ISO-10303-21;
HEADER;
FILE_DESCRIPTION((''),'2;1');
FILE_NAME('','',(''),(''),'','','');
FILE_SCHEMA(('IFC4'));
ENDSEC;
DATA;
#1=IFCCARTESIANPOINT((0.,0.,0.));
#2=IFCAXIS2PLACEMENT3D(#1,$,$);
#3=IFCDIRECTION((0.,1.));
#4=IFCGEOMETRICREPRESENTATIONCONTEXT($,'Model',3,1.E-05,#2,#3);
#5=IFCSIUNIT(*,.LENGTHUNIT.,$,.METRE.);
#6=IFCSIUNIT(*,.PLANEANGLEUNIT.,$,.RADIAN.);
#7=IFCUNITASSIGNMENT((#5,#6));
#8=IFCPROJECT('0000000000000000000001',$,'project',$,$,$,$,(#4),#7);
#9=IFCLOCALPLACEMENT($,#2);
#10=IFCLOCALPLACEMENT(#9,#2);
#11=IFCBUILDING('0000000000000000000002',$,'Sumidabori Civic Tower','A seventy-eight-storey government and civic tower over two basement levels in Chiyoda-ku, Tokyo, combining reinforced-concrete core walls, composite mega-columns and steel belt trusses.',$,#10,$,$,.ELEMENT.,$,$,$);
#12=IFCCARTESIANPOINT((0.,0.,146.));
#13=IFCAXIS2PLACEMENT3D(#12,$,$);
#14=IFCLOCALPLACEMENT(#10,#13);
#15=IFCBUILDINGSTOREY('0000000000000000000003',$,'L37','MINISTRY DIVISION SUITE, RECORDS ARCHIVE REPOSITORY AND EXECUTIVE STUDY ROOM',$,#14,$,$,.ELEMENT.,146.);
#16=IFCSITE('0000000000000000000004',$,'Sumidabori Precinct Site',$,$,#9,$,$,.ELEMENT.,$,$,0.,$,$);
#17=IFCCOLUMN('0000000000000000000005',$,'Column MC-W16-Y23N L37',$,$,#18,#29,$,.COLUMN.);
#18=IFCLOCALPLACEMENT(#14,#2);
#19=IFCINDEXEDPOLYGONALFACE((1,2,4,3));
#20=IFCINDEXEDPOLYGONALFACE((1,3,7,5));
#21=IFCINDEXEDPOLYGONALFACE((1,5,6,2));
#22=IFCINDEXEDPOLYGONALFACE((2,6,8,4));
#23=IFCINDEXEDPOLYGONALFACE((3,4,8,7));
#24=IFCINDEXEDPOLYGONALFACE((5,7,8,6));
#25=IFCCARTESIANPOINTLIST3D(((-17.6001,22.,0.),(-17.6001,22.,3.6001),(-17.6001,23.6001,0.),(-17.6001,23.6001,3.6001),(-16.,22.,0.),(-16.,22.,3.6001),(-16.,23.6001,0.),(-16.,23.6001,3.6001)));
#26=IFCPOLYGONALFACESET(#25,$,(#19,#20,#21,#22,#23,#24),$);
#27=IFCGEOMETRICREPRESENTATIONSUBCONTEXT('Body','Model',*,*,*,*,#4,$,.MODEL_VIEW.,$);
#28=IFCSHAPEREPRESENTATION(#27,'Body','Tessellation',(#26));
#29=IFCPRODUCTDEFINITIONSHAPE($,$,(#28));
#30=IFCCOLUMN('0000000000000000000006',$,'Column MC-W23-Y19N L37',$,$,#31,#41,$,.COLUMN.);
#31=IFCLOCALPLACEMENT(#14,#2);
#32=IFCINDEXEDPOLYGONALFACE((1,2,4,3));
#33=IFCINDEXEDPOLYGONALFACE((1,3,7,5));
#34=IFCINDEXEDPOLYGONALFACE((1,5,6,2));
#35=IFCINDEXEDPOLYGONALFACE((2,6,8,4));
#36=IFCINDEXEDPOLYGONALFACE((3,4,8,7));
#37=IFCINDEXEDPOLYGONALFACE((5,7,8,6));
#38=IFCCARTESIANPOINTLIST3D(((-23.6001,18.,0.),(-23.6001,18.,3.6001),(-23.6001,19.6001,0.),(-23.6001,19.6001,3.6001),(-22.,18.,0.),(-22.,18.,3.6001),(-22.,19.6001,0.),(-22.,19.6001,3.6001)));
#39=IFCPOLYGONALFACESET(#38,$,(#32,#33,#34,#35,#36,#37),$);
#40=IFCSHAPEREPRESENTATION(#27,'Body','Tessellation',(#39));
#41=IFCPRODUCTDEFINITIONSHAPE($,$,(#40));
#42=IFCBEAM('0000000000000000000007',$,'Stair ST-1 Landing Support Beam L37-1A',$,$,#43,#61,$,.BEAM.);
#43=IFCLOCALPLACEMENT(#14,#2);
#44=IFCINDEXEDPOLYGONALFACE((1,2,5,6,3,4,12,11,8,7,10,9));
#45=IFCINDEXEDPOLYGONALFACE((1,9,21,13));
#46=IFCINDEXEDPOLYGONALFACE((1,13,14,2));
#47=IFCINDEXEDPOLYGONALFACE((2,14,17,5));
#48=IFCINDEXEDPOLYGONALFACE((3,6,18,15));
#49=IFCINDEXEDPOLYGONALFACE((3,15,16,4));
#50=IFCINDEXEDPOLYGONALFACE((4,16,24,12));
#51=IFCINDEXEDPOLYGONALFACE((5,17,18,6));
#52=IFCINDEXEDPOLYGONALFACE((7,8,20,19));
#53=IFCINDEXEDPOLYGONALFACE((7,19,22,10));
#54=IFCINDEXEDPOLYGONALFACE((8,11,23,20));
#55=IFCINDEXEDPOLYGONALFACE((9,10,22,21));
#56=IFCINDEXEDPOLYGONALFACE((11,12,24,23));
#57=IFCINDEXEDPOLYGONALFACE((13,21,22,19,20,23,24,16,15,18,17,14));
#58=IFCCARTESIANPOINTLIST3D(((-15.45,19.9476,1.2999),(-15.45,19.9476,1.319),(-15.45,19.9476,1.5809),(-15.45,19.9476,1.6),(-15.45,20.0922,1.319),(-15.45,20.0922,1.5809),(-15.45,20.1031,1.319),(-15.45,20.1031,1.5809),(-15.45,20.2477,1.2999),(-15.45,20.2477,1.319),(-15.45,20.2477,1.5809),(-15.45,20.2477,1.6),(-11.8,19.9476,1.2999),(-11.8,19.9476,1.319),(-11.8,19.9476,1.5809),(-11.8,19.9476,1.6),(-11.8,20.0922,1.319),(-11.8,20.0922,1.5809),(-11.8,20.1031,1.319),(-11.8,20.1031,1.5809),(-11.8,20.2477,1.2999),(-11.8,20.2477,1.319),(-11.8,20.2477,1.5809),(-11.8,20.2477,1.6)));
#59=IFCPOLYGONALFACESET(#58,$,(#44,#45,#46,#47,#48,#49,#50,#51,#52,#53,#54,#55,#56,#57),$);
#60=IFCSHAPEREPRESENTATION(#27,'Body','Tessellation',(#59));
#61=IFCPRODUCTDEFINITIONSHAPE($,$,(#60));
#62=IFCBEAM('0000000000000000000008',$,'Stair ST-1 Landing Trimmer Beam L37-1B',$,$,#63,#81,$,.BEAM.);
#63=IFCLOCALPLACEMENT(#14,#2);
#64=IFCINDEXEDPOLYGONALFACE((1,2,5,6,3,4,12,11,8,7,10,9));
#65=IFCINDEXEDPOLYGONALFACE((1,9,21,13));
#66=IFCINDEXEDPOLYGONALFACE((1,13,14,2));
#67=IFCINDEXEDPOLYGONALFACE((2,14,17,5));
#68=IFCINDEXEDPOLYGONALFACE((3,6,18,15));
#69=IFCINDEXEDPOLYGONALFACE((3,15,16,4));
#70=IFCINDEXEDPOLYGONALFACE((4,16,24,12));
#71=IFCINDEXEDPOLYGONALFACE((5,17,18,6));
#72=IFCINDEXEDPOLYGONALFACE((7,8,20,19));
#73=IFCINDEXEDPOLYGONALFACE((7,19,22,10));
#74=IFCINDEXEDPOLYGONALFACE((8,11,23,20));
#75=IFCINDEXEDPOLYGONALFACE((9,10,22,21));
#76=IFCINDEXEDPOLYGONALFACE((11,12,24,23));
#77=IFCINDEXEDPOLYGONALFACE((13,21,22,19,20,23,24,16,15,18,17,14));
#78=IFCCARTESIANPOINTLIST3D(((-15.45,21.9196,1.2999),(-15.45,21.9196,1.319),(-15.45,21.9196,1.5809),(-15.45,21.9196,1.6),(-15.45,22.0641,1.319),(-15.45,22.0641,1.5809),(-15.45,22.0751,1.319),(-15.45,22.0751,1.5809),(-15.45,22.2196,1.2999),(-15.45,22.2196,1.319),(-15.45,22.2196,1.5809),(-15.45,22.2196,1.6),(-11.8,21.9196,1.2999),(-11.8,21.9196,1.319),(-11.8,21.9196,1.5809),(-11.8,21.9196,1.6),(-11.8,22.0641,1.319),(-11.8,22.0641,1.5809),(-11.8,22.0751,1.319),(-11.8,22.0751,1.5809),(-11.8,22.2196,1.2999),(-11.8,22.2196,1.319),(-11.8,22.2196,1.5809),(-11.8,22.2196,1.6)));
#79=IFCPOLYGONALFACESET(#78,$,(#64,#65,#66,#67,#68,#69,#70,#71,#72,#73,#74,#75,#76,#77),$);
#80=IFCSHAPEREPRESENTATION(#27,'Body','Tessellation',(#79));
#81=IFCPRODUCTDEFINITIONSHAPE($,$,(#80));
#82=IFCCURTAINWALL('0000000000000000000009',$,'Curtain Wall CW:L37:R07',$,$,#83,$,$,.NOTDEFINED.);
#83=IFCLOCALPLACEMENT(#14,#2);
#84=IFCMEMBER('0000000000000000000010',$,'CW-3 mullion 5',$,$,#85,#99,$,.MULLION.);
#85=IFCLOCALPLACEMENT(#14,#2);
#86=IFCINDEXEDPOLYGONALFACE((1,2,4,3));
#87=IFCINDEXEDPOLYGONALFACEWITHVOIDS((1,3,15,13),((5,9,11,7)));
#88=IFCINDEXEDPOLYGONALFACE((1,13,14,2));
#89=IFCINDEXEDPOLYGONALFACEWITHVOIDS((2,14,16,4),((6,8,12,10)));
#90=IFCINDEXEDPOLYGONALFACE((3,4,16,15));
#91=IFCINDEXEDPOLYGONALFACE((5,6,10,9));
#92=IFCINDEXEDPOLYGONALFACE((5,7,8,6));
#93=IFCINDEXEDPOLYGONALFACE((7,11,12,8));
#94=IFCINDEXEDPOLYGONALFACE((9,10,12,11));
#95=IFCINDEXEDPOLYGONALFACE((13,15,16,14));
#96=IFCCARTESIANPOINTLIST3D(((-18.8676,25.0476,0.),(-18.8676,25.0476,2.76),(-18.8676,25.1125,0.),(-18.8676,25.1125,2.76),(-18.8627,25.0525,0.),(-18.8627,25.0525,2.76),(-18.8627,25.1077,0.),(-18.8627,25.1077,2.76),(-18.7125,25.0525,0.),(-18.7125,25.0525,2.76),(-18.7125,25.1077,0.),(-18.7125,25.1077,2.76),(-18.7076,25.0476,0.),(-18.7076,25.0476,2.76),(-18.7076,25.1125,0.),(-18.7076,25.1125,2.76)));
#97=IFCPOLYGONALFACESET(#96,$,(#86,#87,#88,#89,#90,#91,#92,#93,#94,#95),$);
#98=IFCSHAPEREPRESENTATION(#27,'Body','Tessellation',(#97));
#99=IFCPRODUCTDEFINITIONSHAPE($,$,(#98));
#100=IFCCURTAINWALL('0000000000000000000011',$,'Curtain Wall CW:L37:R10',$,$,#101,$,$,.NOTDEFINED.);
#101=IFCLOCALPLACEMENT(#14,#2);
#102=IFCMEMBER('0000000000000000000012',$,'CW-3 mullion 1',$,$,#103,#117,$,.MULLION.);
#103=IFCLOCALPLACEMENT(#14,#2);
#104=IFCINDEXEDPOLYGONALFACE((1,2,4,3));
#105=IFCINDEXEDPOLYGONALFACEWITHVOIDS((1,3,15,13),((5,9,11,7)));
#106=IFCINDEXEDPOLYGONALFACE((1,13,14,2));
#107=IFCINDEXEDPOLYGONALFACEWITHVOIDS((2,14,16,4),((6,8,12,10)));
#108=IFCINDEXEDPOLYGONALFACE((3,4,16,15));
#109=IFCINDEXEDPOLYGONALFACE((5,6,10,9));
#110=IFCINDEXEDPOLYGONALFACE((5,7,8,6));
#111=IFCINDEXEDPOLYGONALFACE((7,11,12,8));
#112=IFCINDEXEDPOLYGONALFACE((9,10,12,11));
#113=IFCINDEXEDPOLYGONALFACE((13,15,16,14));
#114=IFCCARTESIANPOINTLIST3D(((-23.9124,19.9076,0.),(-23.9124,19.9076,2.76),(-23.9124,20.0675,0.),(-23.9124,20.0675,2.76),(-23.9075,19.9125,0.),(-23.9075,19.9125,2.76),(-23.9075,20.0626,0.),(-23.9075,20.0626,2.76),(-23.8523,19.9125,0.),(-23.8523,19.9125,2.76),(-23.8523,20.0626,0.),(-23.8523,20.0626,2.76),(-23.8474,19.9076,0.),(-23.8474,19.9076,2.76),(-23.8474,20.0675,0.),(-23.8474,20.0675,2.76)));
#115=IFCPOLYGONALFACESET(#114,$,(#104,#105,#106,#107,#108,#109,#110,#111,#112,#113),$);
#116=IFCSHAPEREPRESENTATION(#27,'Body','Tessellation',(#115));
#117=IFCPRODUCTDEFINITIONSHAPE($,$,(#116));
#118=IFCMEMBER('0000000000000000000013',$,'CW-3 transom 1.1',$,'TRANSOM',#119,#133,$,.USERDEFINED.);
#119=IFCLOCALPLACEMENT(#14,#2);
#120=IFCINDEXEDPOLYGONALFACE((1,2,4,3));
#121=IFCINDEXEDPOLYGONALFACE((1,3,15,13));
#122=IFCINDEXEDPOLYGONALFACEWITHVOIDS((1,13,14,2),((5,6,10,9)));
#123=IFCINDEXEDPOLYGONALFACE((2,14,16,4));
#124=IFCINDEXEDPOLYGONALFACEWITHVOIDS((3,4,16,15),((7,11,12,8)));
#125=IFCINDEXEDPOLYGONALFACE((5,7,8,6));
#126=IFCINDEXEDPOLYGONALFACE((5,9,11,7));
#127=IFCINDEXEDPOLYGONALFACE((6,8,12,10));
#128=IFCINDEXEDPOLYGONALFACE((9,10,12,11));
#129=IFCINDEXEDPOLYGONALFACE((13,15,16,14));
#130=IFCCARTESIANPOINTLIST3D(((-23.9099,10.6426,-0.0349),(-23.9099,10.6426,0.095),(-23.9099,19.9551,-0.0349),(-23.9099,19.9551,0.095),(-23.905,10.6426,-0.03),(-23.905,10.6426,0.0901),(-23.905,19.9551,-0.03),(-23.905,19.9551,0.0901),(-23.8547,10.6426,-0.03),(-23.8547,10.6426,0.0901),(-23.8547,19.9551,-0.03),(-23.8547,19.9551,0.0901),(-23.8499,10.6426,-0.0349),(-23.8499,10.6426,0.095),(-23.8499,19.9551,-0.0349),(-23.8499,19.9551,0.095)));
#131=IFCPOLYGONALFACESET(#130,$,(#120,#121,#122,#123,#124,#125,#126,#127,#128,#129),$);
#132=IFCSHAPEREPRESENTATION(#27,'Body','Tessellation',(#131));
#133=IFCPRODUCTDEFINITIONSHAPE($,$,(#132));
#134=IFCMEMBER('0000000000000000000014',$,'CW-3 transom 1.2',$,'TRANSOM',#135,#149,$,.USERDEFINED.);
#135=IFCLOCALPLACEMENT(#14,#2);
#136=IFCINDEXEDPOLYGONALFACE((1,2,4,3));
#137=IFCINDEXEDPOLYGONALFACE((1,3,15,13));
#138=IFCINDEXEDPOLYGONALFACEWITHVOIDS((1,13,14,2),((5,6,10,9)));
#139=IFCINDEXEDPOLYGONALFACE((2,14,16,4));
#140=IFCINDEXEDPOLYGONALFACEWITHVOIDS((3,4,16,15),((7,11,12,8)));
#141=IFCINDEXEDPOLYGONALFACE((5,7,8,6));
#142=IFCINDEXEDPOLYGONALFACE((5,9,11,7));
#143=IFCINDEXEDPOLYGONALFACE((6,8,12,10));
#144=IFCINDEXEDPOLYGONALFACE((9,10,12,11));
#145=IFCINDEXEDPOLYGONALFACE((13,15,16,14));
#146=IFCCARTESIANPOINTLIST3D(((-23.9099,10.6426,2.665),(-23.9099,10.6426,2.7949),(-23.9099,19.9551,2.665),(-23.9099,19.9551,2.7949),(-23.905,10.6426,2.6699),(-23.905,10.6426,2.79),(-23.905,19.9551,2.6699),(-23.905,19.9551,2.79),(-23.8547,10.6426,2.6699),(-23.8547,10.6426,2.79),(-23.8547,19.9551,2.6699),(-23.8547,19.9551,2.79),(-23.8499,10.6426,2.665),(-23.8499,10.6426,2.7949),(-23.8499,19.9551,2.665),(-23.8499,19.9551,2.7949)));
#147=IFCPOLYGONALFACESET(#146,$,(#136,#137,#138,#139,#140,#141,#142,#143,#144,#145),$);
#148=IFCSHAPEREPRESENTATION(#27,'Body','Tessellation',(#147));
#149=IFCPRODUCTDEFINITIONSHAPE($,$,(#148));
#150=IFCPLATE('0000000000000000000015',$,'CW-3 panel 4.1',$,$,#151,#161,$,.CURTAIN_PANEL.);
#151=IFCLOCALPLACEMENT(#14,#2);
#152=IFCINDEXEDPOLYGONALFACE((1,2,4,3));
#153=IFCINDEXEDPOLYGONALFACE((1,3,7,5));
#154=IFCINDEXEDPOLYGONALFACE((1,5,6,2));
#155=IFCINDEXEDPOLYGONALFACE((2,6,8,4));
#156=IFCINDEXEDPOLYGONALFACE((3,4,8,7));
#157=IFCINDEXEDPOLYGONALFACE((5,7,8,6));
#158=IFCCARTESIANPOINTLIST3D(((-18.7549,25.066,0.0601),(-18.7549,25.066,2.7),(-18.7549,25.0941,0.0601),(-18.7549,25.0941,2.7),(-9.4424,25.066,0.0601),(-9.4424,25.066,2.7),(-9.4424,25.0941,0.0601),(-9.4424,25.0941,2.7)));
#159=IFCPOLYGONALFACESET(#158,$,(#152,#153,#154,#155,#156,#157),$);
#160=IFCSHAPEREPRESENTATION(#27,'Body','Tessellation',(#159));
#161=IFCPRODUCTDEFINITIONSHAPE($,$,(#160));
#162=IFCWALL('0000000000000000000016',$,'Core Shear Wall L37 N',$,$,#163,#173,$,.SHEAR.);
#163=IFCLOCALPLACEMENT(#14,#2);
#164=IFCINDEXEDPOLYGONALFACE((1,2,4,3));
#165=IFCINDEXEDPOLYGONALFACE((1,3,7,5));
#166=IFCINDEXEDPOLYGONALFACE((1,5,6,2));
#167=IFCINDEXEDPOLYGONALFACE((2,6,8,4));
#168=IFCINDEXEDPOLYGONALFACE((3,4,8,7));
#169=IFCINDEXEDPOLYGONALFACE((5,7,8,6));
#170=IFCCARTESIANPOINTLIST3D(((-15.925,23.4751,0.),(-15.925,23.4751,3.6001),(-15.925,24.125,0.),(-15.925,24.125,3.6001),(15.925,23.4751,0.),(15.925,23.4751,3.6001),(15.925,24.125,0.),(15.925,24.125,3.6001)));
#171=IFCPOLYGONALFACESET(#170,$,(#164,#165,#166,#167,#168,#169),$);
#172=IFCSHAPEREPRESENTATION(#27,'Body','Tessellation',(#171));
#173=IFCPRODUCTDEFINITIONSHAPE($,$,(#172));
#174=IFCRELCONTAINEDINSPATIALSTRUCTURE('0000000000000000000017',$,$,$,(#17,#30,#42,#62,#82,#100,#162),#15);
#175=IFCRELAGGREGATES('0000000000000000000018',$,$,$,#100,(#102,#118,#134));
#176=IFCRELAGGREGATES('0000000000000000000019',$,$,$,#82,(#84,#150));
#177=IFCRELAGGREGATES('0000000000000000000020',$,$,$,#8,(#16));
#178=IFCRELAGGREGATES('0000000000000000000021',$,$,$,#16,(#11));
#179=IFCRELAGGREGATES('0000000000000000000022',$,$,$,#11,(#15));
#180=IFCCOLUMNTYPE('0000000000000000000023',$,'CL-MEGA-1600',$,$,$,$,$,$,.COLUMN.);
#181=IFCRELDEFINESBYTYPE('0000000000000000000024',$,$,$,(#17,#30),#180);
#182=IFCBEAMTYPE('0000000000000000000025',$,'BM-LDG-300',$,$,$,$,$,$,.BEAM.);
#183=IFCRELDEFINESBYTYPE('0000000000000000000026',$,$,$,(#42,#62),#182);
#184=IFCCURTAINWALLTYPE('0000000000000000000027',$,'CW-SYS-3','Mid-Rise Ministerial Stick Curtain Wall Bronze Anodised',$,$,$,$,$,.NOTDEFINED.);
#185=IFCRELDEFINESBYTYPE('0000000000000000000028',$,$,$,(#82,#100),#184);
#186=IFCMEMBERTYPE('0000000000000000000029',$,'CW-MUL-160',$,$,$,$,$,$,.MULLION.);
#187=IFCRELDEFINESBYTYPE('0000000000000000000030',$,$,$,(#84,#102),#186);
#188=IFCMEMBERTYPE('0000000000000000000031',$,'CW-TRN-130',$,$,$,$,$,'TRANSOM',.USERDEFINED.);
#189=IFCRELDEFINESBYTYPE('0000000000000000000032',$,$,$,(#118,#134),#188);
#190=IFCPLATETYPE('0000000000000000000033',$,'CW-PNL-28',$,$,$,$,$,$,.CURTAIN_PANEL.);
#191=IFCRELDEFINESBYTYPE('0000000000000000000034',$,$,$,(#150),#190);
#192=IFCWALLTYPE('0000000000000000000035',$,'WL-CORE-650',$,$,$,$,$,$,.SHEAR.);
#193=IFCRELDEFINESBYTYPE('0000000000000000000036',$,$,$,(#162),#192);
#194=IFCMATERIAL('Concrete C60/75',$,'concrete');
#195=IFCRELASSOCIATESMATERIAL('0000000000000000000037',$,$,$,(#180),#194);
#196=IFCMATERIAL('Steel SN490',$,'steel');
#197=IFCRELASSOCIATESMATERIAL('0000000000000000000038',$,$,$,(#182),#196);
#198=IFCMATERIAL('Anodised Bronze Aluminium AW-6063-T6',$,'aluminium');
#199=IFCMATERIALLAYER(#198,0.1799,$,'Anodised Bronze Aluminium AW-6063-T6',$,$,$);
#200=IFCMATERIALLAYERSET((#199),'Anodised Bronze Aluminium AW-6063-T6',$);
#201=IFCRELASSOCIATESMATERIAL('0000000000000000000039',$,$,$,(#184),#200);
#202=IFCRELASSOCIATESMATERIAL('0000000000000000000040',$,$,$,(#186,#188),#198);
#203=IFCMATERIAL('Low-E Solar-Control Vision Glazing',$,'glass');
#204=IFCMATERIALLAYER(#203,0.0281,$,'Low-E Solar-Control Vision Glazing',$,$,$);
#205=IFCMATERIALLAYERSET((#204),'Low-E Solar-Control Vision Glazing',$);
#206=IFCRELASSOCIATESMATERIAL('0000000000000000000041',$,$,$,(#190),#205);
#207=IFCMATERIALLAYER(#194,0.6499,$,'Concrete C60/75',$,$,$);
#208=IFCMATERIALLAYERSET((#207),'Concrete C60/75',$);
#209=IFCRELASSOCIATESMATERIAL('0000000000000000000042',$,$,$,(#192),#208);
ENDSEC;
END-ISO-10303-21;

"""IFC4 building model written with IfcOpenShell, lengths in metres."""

from ifc_helpers import new_model, si_unit, direction, frame, frame_2d, origin, origin_2d, place, context, subcontext, project, spatial, rectangle, hollow_rectangle, i_section, extrude, source, transform, mapped, material, layer, layer_set, material_profile, profile_set, type_object, element, aggregate, save


model = new_model("IFC4")

# Units and contexts
model_context = context("Model", 3, precision=1e-05, world=origin(), true_north=direction((0.0, 1.0)))
body_context = subcontext(model_context, "Body", "Model", "MODEL_VIEW")
ifc_project = project(units=[si_unit("LENGTHUNIT", "METRE"), si_unit("PLANEANGLEUNIT", "RADIAN")], contexts=[model_context])

# Site, building, storey
site_placement = place(None, origin())
site = spatial("IfcSite", under=ifc_project, at=site_placement, Name="Sumidabori Precinct Site", CompositionType="ELEMENT", RefElevation=0.0)
building_placement = place(site_placement, origin())
building = spatial("IfcBuilding", under=site, at=building_placement, Name="Sumidabori Civic Tower", Description="A seventy-eight-storey government and civic tower over two basement levels in Chiyoda-ku, Tokyo, combining reinforced-concrete core walls, composite mega-columns and steel belt trusses.", CompositionType="ELEMENT")
storey_placement = place(building_placement, frame((0.0, 0.0, 146.0)))
storey = spatial("IfcBuildingStorey", under=building, at=storey_placement, Name="L37", Description="MINISTRY DIVISION SUITE, RECORDS ARCHIVE REPOSITORY AND EXECUTIVE STUDY ROOM", CompositionType="ELEMENT", Elevation=146.0)

# Columns
ifc_material_1 = material(Name="Concrete C60/75", Category="concrete")
ifc_material_profile_1 = material_profile(ifc_material_1, rectangle(XDim=1.6001, YDim=1.6001, at=origin_2d()), Name="RC 1600x1600")
ifc_profile_set_1 = profile_set([ifc_material_profile_1], Name="Concrete C60/75")
column_type = type_object("IfcColumnType", Name="CL-MEGA-1600", PredefinedType="COLUMN", material=ifc_profile_set_1)
shared_shape_1 = source(origin(), body_context, "Body", "SweptSolid", [
    extrude(rectangle(XDim=1.6001, YDim=1.6001, at=origin_2d()), origin(), (0.0, 0.0, 1.0), 3.6001),
])
for number, where, z_axis, x_axis, name in (
    (1, (-16.8, 22.8, 0.0), (0.0, 0.0, 1.0), (1.0, 0.0, 0.0), "Column MC-W16-Y23N L37"),
    (2, (-22.8, 18.8, 0.0), (0.0, 0.0, 1.0), (1.0, 0.0, 0.0), "Column MC-W23-Y19N L37"),
):
    element("IfcColumn", number, at=place(storey_placement, frame(where, z_axis=z_axis, x_axis=x_axis)), inside=storey, type_object=column_type, Name=name, PredefinedType="COLUMN", context=body_context, shape_type="MappedRepresentation", body=[
        mapped(shared_shape_1, transform((0.0, 0.0, 0.0), x_axis=(1.0, 0.0, 0.0), y_axis=(0.0, 1.0, 0.0), z_axis=(0.0, 0.0, 1.0), scale=1.0)),
    ])

# Beams
ifc_material_2 = material(Name="Steel SN490", Category="steel")
ifc_material_profile_2 = material_profile(ifc_material_2, i_section(OverallWidth=0.3, OverallDepth=0.3, WebThickness=0.011, FlangeThickness=0.019, at=origin_2d()), Name="HE 300 B")
ifc_profile_set_2 = profile_set([ifc_material_profile_2], Name="Steel SN490")
beam_type = type_object("IfcBeamType", Name="BM-LDG-300", PredefinedType="BEAM", material=ifc_profile_set_2)
shared_shape_2 = source(origin(), body_context, "Body", "SweptSolid", [
    extrude(i_section(OverallWidth=0.3, OverallDepth=0.3, WebThickness=0.011, FlangeThickness=0.019, at=origin_2d()), origin(), (0.0, 0.0, 1.0), 3.6499),
])
for number, where, z_axis, x_axis, name in (
    (3, (-15.45, 20.0977, 1.45), (1.0, 0.0, 0.0), (0.0, 1.0, 0.0), "Stair ST-1 Landing Support Beam L37-1A"),
    (4, (-15.45, 22.0696, 1.45), (1.0, 0.0, 0.0), (0.0, 1.0, 0.0), "Stair ST-1 Landing Trimmer Beam L37-1B"),
):
    element("IfcBeam", number, at=place(storey_placement, frame(where, z_axis=z_axis, x_axis=x_axis)), inside=storey, type_object=beam_type, Name=name, PredefinedType="BEAM", context=body_context, shape_type="MappedRepresentation", body=[
        mapped(shared_shape_2, transform((0.0, 0.0, 0.0), x_axis=(1.0, 0.0, 0.0), y_axis=(0.0, 1.0, 0.0), z_axis=(0.0, 0.0, 1.0), scale=1.0)),
    ])

# Curtain wall, member
ifc_material_3 = material(Name="Anodised Bronze Aluminium AW-6063-T6", Category="aluminium")
ifc_layer_1 = layer(ifc_material_3, 0.1799, Name="Anodised Bronze Aluminium AW-6063-T6")
ifc_layer_set_1 = layer_set([ifc_layer_1], Name="Anodised Bronze Aluminium AW-6063-T6")
curtain_wall_type = type_object("IfcCurtainWallType", Name="CW-SYS-3", Description="Mid-Rise Ministerial Stick Curtain Wall Bronze Anodised", PredefinedType="NOTDEFINED", material=ifc_layer_set_1)
curtain_wall_1_placement = place(storey_placement, origin())
curtain_wall_1 = element("IfcCurtainWall", 5, at=curtain_wall_1_placement, inside=storey, type_object=curtain_wall_type, Name="Curtain Wall CW:L37:R07", PredefinedType="NOTDEFINED")
ifc_material_profile_3 = material_profile(ifc_material_3, hollow_rectangle(XDim=0.0649, YDim=0.1599, WallThickness=0.0049, at=origin_2d()), Name="ALU MULLION 160x65")
ifc_profile_set_3 = profile_set([ifc_material_profile_3], Name="Anodised Bronze Aluminium AW-6063-T6")
member_type_1 = type_object("IfcMemberType", Name="CW-MUL-160", PredefinedType="MULLION", material=ifc_profile_set_3)
shared_shape_3 = source(origin(), body_context, "Body", "SweptSolid", [
    extrude(hollow_rectangle(XDim=0.0649, YDim=0.1599, WallThickness=0.0049, at=origin_2d()), origin(), (0.0, 0.0, 1.0), 2.76),
])
member_1_placement = place(storey_placement, frame((-18.7876, 25.0801, 0.0), z_axis=(0.0, 0.0, 1.0), x_axis=(0.0, -1.0, 0.0)))
member_1 = element("IfcMember", 6, at=member_1_placement, type_object=member_type_1, Name="CW-3 mullion 5", PredefinedType="MULLION", context=body_context, shape_type="MappedRepresentation", body=[
    mapped(shared_shape_3, transform((0.0, 0.0, 0.0), x_axis=(1.0, 0.0, 0.0), y_axis=(0.0, 1.0, 0.0), z_axis=(0.0, 0.0, 1.0), scale=1.0)),
])

# Curtain wall, members
curtain_wall_2_placement = place(storey_placement, origin())
curtain_wall_2 = element("IfcCurtainWall", 7, at=curtain_wall_2_placement, inside=storey, type_object=curtain_wall_type, Name="Curtain Wall CW:L37:R10", PredefinedType="NOTDEFINED")
member_2_placement = place(storey_placement, frame((-23.8799, 19.9875, 0.0), z_axis=(0.0, 0.0, 1.0), x_axis=(1.0, 0.0, 0.0)))
member_2 = element("IfcMember", 8, at=member_2_placement, type_object=member_type_1, Name="CW-3 mullion 1", PredefinedType="MULLION", context=body_context, shape_type="MappedRepresentation", body=[
    mapped(shared_shape_3, transform((0.0, 0.0, 0.0), x_axis=(1.0, 0.0, 0.0), y_axis=(0.0, 1.0, 0.0), z_axis=(0.0, 0.0, 1.0), scale=1.0)),
])
ifc_material_profile_4 = material_profile(ifc_material_3, hollow_rectangle(XDim=0.0601, YDim=0.1299, WallThickness=0.0049, at=origin_2d()), Name="ALU TRANSOM 130x60")
ifc_profile_set_4 = profile_set([ifc_material_profile_4], Name="Anodised Bronze Aluminium AW-6063-T6")
member_type_2 = type_object("IfcMemberType", Name="CW-TRN-130", ElementType="TRANSOM", PredefinedType="USERDEFINED", material=ifc_profile_set_4)
shared_shape_4 = source(origin(), body_context, "Body", "SweptSolid", [
    extrude(hollow_rectangle(XDim=0.0601, YDim=0.1299, WallThickness=0.0049, at=origin_2d()), origin(), (0.0, 0.0, 1.0), 9.3125),
])
member_3_placement = place(storey_placement, frame((-23.8799, 19.9551, 0.03), z_axis=(0.0, -1.0, 0.0), x_axis=(1.0, 0.0, 0.0)))
member_3 = element("IfcMember", 9, at=member_3_placement, type_object=member_type_2, Name="CW-3 transom 1.1", ObjectType="TRANSOM", PredefinedType="USERDEFINED", context=body_context, shape_type="MappedRepresentation", body=[
    mapped(shared_shape_4, transform((0.0, 0.0, 0.0), x_axis=(1.0, 0.0, 0.0), y_axis=(0.0, 1.0, 0.0), z_axis=(0.0, 0.0, 1.0), scale=1.0)),
])
member_4_placement = place(storey_placement, frame((-23.8799, 19.9551, 2.73), z_axis=(0.0, -1.0, 0.0), x_axis=(1.0, 0.0, 0.0)))
member_4 = element("IfcMember", 10, at=member_4_placement, type_object=member_type_2, Name="CW-3 transom 1.2", ObjectType="TRANSOM", PredefinedType="USERDEFINED", context=body_context, shape_type="MappedRepresentation", body=[
    mapped(shared_shape_4, transform((0.0, 0.0, 0.0), x_axis=(1.0, 0.0, 0.0), y_axis=(0.0, 1.0, 0.0), z_axis=(0.0, 0.0, 1.0), scale=1.0)),
])
aggregate(curtain_wall_2, [member_2, member_3, member_4])

# Plate
ifc_material_4 = material(Name="Low-E Solar-Control Vision Glazing", Category="glass")
ifc_layer_2 = layer(ifc_material_4, 0.0281, Name="Low-E Solar-Control Vision Glazing")
ifc_layer_set_2 = layer_set([ifc_layer_2], Name="Low-E Solar-Control Vision Glazing")
plate_type = type_object("IfcPlateType", Name="CW-PNL-28", PredefinedType="CURTAIN_PANEL", material=ifc_layer_set_2)
shared_shape_5 = source(origin(), body_context, "Body", "SweptSolid", [
    extrude(rectangle(XDim=9.3125, YDim=0.0281, at=origin_2d()), origin(), (0.0, 0.0, 1.0), 2.6399),
])
plate_placement = place(storey_placement, frame((-14.0986, 25.0801, 0.0601), z_axis=(0.0, 0.0, 1.0), x_axis=(-1.0, 0.0, 0.0)))
plate = element("IfcPlate", 11, at=plate_placement, type_object=plate_type, Name="CW-3 panel 4.1", PredefinedType="CURTAIN_PANEL", context=body_context, shape_type="MappedRepresentation", body=[
    mapped(shared_shape_5, transform((0.0, 0.0, 0.0), x_axis=(1.0, 0.0, 0.0), y_axis=(0.0, 1.0, 0.0), z_axis=(0.0, 0.0, 1.0), scale=1.0)),
])
aggregate(curtain_wall_1, [member_1, plate])

# Wall
ifc_layer_3 = layer(ifc_material_1, 0.6499, Name="Concrete C60/75")
ifc_layer_set_3 = layer_set([ifc_layer_3], Name="Concrete C60/75")
wall_type_1 = type_object("IfcWallType", Name="WL-CORE-650", PredefinedType="SHEAR", material=ifc_layer_set_3)
shared_shape_6 = source(origin(), body_context, "Body", "SweptSolid", [
    extrude(rectangle(XDim=31.8501, YDim=0.6499, at=frame_2d((15.925, 0.0))), origin(), (0.0, 0.0, 1.0), 3.6001),
])
wall_placement = place(storey_placement, frame((-15.925, 23.8, 0.0), z_axis=(0.0, 0.0, 1.0), x_axis=(1.0, 0.0, 0.0)))
element("IfcWall", 12, at=wall_placement, inside=storey, type_object=wall_type_1, Name="Core Shear Wall L37 N", PredefinedType="SHEAR", context=body_context, shape_type="MappedRepresentation", body=[
    mapped(shared_shape_6, transform((0.0, 0.0, 0.0), x_axis=(1.0, 0.0, 0.0), y_axis=(0.0, 1.0, 0.0), z_axis=(0.0, 0.0, 1.0), scale=1.0)),
])

save(model, "model.ifc")
